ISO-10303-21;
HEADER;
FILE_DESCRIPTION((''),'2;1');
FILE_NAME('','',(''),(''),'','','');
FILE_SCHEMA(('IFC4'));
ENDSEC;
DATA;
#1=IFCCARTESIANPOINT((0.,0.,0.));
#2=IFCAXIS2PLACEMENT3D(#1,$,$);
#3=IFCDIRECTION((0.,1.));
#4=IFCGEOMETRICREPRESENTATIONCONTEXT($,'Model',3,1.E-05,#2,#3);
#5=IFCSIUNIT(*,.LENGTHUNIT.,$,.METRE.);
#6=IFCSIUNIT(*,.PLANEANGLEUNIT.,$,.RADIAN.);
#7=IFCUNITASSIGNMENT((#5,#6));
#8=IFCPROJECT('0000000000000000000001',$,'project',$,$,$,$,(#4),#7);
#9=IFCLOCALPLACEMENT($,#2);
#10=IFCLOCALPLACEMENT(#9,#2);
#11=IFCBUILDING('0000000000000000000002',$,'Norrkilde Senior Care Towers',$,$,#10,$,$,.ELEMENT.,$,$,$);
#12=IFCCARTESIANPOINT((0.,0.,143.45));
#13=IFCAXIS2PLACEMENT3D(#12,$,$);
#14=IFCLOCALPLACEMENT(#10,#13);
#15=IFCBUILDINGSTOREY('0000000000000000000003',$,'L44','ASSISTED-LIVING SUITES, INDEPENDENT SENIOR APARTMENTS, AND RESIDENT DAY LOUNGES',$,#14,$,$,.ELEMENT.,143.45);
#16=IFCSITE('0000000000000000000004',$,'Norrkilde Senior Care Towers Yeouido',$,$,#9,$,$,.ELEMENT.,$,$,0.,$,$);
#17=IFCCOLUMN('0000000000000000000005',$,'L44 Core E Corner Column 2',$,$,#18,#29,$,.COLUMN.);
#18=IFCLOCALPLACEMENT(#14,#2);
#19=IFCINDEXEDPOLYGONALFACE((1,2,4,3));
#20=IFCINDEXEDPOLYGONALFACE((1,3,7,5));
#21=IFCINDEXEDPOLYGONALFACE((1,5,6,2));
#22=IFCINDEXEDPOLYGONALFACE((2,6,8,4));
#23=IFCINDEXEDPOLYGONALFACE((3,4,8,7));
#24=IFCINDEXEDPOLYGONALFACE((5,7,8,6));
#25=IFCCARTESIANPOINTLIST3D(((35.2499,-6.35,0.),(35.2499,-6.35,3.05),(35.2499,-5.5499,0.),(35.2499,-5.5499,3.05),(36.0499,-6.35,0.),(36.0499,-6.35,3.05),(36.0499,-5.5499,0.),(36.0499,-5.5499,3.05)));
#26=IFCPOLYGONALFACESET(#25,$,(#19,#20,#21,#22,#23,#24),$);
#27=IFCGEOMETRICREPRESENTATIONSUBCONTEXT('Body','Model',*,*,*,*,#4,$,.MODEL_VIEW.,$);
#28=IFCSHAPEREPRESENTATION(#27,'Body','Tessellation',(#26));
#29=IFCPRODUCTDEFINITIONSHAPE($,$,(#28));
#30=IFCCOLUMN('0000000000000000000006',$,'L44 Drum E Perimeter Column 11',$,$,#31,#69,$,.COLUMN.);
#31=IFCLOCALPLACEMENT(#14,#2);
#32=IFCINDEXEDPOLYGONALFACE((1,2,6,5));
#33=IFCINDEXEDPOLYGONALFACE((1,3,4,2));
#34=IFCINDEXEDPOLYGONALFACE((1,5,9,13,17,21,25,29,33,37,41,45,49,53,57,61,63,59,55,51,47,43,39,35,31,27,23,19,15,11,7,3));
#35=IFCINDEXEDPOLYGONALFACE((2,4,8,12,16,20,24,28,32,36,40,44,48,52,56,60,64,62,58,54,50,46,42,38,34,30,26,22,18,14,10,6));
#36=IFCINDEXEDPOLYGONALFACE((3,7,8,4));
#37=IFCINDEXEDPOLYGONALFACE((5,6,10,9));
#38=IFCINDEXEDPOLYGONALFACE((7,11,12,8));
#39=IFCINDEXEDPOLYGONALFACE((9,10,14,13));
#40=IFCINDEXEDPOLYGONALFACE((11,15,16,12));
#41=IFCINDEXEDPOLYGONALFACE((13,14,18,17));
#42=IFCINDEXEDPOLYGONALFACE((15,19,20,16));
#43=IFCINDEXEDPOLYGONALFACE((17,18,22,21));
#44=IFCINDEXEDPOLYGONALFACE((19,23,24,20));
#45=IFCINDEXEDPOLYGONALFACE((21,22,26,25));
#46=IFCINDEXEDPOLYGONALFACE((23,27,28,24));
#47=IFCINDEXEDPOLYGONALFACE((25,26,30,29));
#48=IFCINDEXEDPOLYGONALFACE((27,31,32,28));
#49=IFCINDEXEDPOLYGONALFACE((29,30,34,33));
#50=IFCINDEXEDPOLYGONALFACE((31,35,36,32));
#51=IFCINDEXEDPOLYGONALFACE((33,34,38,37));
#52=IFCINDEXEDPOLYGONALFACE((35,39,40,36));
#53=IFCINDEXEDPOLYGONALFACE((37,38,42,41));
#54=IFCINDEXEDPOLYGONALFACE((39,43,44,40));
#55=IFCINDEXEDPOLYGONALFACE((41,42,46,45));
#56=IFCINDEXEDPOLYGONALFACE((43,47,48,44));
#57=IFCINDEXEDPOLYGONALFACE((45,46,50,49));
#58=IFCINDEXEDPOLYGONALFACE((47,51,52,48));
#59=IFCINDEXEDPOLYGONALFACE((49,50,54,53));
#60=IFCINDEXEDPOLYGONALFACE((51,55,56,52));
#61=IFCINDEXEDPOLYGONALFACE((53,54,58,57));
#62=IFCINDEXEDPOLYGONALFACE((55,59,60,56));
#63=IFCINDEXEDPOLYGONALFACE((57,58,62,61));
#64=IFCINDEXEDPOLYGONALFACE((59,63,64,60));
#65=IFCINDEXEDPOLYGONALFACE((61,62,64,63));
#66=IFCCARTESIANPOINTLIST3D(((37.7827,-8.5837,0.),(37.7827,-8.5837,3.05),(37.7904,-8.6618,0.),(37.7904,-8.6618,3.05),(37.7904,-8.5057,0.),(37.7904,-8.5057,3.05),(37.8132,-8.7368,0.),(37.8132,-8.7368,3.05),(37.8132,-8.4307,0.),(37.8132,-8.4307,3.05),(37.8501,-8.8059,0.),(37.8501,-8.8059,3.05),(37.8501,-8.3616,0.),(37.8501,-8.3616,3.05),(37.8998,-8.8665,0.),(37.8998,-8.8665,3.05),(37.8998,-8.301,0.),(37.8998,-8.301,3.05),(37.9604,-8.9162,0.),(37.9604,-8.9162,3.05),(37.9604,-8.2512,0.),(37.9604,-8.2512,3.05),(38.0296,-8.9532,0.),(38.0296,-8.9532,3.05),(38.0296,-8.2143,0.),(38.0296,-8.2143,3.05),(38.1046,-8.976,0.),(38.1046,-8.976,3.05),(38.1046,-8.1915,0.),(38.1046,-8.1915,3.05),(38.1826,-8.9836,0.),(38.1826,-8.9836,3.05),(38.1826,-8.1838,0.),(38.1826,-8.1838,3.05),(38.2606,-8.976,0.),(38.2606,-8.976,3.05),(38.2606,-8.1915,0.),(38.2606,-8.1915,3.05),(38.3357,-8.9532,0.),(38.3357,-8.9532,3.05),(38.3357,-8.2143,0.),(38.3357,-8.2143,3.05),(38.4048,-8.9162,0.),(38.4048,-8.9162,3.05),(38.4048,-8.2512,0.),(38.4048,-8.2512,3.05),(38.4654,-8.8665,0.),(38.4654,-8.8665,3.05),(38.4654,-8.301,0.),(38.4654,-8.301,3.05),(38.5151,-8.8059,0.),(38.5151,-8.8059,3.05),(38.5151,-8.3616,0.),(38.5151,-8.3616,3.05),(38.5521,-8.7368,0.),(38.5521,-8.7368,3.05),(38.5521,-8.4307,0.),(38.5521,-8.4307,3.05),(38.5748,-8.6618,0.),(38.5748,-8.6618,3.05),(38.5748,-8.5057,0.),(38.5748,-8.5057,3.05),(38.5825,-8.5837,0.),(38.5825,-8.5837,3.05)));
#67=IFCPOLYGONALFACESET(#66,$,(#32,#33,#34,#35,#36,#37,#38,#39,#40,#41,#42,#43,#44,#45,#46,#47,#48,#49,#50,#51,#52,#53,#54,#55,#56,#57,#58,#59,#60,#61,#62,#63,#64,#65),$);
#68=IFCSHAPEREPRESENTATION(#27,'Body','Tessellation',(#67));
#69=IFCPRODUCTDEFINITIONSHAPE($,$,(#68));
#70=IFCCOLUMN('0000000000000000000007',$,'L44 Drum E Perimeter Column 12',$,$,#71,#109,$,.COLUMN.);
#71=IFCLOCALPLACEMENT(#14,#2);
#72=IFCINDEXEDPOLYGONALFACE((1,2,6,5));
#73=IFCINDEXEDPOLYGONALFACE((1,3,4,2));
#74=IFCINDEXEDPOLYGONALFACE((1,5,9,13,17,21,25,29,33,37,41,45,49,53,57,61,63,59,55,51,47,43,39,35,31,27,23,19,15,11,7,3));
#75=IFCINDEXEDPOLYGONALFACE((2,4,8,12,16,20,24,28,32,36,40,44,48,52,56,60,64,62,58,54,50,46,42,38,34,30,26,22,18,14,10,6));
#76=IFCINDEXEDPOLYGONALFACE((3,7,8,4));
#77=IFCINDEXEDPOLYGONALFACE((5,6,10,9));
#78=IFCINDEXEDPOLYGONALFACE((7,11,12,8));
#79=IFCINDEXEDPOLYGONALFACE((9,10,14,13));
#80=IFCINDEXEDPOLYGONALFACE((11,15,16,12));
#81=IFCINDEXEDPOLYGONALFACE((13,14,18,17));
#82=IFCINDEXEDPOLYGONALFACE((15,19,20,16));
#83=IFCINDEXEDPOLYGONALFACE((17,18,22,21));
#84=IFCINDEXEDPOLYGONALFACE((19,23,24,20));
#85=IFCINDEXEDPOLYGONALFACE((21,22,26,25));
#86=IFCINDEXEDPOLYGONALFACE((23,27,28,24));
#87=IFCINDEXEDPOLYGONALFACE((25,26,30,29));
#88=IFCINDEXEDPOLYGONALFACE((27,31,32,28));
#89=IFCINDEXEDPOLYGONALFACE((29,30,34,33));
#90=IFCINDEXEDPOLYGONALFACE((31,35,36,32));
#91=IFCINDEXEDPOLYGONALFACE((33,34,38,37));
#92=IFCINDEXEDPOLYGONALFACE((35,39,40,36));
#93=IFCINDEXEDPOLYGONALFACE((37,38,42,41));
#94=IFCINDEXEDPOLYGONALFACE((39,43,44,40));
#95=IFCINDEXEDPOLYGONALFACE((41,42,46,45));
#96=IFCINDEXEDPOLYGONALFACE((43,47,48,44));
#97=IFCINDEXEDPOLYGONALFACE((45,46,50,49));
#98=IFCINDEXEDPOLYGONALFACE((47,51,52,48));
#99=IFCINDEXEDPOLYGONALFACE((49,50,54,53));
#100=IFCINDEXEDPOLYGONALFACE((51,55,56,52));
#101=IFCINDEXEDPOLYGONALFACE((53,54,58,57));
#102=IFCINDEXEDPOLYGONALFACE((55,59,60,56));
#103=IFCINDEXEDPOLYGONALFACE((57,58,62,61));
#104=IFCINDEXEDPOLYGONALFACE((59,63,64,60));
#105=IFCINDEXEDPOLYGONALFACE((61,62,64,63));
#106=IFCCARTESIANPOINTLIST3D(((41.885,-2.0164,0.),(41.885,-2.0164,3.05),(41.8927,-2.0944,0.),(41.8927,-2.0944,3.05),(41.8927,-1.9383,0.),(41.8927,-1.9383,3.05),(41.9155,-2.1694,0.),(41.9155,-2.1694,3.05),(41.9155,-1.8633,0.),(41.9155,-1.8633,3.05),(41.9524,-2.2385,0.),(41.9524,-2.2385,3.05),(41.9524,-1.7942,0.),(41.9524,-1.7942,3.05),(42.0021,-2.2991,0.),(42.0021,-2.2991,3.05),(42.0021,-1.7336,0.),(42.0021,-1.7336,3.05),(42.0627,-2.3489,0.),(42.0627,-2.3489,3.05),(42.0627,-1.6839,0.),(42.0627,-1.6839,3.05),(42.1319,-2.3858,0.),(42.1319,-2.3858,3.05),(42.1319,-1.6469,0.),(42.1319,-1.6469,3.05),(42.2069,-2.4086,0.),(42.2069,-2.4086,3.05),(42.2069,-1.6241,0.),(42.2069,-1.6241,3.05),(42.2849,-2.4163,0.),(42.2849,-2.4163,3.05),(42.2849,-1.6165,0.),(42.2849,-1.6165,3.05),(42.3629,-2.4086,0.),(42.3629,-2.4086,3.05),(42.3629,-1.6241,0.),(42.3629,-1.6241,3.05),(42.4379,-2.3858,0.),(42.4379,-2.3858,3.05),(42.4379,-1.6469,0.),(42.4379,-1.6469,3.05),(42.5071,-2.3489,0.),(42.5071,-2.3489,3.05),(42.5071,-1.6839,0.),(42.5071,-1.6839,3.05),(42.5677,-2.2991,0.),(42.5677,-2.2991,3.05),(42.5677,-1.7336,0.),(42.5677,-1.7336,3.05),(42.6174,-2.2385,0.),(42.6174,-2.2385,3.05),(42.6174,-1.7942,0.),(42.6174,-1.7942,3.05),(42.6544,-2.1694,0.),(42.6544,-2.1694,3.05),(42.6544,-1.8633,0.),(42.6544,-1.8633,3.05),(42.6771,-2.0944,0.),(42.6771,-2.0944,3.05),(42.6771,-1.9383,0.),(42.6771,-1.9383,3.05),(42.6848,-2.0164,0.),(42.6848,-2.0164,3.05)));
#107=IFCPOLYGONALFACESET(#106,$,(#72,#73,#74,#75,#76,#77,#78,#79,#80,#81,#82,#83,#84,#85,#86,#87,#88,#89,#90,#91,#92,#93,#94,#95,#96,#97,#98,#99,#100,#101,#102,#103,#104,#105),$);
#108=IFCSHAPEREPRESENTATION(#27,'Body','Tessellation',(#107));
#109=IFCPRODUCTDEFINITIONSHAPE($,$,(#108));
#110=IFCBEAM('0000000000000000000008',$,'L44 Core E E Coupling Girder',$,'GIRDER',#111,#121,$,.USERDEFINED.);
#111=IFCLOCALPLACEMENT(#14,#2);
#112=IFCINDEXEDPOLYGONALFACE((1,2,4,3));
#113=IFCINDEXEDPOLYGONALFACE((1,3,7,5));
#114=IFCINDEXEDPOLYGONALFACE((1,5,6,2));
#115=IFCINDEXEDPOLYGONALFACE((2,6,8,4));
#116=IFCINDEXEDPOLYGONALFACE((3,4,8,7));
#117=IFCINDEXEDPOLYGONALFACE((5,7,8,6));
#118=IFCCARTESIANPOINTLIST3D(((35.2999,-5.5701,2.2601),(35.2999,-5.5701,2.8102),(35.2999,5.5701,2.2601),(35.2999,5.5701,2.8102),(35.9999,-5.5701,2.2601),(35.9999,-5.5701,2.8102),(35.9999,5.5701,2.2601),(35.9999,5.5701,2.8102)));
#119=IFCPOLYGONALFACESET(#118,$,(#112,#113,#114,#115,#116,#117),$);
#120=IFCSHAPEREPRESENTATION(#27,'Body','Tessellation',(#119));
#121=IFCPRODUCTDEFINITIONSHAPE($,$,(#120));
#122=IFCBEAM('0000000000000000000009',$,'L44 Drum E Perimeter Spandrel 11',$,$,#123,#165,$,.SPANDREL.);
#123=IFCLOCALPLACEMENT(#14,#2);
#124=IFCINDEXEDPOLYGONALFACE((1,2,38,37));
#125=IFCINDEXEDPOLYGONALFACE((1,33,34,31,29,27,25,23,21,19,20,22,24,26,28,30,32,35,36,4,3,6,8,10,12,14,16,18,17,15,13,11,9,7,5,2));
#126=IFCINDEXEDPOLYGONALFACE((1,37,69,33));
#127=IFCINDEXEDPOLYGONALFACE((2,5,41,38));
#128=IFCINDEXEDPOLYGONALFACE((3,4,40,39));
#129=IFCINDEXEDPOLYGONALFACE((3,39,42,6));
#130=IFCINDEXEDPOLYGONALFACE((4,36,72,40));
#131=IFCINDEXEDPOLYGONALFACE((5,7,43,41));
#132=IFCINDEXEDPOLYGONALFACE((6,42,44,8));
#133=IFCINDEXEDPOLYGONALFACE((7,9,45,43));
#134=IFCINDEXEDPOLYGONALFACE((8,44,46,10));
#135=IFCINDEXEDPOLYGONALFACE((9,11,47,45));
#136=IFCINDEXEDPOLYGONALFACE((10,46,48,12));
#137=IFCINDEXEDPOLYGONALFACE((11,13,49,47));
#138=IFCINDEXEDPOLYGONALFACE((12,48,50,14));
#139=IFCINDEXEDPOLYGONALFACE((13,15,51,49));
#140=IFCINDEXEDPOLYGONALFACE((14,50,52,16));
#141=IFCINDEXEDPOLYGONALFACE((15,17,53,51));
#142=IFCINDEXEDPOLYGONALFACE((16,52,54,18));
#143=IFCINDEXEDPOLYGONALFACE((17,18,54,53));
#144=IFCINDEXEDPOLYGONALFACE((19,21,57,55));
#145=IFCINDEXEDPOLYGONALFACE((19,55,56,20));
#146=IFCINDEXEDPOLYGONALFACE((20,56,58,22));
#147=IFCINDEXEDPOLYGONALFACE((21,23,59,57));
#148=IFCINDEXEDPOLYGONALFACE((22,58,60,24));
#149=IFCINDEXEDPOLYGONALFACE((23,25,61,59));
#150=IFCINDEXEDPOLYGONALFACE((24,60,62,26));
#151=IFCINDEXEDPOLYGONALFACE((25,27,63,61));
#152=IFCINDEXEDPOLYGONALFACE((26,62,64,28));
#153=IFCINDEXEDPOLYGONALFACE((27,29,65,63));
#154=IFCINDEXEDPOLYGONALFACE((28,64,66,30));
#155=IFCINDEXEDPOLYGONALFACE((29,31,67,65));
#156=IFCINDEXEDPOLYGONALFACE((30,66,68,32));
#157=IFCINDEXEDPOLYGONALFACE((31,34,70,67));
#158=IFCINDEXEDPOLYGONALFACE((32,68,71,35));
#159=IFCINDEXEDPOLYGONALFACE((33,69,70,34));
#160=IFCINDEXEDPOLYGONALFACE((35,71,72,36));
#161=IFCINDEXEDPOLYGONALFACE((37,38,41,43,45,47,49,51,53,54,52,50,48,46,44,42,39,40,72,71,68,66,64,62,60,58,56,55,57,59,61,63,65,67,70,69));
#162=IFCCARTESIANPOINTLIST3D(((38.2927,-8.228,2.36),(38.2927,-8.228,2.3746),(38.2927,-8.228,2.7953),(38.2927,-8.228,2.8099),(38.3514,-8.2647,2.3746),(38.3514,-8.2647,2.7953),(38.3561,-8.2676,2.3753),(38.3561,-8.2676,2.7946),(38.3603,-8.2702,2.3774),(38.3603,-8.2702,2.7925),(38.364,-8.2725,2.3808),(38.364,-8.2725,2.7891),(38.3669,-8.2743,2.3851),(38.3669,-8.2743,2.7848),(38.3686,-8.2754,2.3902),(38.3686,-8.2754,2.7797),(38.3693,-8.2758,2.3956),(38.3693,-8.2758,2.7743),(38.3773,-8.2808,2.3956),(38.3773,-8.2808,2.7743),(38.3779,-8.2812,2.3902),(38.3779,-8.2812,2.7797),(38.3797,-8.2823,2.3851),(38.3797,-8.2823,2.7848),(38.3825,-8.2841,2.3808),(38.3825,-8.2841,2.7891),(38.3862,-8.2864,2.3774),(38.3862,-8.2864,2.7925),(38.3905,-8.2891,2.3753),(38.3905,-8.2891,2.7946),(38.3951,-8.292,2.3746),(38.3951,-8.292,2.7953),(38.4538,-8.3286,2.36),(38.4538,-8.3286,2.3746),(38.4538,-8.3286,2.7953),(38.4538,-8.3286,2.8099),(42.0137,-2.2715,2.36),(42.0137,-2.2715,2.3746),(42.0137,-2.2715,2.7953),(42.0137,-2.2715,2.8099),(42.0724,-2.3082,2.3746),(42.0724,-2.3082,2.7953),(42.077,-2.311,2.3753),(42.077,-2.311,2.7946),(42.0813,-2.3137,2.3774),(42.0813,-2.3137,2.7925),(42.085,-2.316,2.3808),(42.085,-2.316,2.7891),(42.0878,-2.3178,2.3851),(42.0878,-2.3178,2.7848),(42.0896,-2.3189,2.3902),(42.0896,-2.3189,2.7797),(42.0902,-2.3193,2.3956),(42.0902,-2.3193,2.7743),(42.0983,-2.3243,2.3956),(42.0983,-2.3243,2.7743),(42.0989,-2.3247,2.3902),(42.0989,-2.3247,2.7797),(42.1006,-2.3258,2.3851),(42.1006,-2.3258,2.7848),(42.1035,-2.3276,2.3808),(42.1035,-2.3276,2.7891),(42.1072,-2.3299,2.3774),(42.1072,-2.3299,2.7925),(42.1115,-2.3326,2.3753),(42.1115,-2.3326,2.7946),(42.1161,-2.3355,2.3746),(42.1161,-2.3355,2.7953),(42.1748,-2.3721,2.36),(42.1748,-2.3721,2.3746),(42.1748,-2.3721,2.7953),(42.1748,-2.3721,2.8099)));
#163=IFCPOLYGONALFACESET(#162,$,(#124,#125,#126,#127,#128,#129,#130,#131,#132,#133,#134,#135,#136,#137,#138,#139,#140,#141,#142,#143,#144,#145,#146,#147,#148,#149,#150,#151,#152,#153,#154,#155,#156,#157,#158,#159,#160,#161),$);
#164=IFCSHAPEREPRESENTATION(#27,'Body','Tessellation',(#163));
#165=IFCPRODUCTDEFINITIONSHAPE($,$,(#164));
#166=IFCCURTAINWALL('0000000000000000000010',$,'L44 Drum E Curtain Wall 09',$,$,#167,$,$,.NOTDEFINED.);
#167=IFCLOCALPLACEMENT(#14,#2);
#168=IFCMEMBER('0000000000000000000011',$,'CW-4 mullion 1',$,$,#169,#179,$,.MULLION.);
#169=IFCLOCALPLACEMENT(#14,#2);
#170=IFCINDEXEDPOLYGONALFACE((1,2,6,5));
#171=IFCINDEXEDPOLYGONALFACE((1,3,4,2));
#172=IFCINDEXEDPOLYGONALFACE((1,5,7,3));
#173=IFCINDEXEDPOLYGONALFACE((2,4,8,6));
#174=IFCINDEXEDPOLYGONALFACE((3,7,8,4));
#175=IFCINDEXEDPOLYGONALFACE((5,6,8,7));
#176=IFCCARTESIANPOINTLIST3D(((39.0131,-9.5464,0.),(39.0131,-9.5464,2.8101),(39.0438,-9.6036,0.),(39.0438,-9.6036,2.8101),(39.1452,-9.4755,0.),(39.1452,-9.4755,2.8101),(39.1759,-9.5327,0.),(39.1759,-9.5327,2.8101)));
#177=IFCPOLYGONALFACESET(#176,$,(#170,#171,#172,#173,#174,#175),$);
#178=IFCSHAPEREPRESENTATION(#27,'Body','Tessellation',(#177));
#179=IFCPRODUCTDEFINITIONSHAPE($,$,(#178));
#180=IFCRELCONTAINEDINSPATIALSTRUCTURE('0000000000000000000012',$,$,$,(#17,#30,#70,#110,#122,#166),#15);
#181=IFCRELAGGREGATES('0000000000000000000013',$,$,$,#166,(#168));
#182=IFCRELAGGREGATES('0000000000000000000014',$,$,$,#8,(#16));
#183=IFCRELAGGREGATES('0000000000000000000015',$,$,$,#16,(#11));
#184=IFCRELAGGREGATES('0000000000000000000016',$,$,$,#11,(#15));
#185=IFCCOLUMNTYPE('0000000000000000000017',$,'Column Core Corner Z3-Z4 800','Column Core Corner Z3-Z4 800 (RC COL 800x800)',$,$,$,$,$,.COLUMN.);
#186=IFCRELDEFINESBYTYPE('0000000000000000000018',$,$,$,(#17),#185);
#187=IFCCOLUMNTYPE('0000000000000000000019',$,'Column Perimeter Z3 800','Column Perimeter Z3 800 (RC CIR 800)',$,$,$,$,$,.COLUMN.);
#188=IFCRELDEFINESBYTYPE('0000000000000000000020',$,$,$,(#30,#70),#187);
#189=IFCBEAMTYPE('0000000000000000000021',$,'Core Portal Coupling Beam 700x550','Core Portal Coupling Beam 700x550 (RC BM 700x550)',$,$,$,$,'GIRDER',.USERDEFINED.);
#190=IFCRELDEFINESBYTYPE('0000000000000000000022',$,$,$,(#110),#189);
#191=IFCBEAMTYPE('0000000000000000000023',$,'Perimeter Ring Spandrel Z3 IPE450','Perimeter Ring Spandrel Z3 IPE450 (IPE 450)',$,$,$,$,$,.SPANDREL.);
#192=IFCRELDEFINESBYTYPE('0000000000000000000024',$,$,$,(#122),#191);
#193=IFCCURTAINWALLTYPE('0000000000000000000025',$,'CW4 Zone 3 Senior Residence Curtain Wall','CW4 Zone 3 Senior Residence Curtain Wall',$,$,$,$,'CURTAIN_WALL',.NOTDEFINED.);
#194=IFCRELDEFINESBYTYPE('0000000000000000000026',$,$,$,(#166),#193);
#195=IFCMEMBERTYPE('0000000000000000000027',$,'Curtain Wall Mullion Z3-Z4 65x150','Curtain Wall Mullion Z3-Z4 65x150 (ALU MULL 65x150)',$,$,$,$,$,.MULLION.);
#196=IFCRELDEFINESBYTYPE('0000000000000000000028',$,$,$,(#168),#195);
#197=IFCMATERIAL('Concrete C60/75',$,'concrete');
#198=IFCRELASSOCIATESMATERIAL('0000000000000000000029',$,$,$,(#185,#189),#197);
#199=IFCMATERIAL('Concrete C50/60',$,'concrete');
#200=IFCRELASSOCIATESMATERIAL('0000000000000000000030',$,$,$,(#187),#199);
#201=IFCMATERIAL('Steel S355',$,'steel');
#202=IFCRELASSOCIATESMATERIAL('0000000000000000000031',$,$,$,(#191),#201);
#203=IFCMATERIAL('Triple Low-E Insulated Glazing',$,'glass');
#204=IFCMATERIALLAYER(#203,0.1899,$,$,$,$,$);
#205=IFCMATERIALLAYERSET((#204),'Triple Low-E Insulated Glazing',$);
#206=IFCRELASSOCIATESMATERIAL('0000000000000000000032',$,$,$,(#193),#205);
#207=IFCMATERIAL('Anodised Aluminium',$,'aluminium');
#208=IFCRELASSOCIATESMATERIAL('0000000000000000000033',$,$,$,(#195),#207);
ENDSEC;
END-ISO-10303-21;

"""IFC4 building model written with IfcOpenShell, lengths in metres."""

from ifc_helpers import new_model, si_unit, direction, frame, origin, origin_2d, place, context, subcontext, project, spatial, rectangle, circle, i_section, extrude, source, transform, mapped, material, layer, layer_set, material_profile, profile_set, type_object, type_shapes, element, aggregate, save


model = new_model("IFC4")

# Units and contexts
model_context = context("Model", 3, precision=1e-05, world=origin(), true_north=direction((0.0, 1.0)))
body_context = subcontext(model_context, "Body", "Model", "MODEL_VIEW")
ifc_project = project(units=[si_unit("LENGTHUNIT", "METRE"), si_unit("PLANEANGLEUNIT", "RADIAN")], contexts=[model_context])

# Site, building, storey
site_placement = place(None, origin())
site = spatial("IfcSite", under=ifc_project, at=site_placement, Name="Norrkilde Senior Care Towers Yeouido", CompositionType="ELEMENT", RefElevation=0.0)
building_placement = place(site_placement, origin())
building = spatial("IfcBuilding", under=site, at=building_placement, Name="Norrkilde Senior Care Towers", CompositionType="ELEMENT")
storey_placement = place(building_placement, frame((0.0, 0.0, 143.45)))
storey = spatial("IfcBuildingStorey", under=building, at=storey_placement, Name="L44", Description="ASSISTED-LIVING SUITES, INDEPENDENT SENIOR APARTMENTS, AND RESIDENT DAY LOUNGES", CompositionType="ELEMENT", Elevation=143.45)

# Columns
ifc_material_1 = material(Name="Concrete C60/75", Category="concrete")
ifc_material_profile_1 = material_profile(ifc_material_1, rectangle(XDim=0.8, YDim=0.8, at=origin_2d()), Name="RC COL 800x800")
ifc_profile_set_1 = profile_set([ifc_material_profile_1], Name="Concrete C60/75")
column_type_1 = type_object("IfcColumnType", Name="Column Core Corner Z3-Z4 800", Description="Column Core Corner Z3-Z4 800 (RC COL 800x800)", PredefinedType="COLUMN", material=ifc_profile_set_1)
shared_shape_1 = source(origin(), body_context, "Body", "SweptSolid", [
    extrude(rectangle(XDim=0.8, YDim=0.8, at=origin_2d()), origin(), (0.0, 0.0, 1.0), 3.05),
])
type_shapes(column_type_1, [shared_shape_1])
column_placement = place(storey_placement, frame((35.6499, -5.95, 0.0), z_axis=(0.0, 0.0, 1.0), x_axis=(1.0, 0.0, 0.0)))
element("IfcColumn", 1, at=column_placement, inside=storey, type_object=column_type_1, Name="L44 Core E Corner Column 2", PredefinedType="COLUMN", context=body_context, shape_type="MappedRepresentation", body=[
    mapped(shared_shape_1, transform((0.0, 0.0, 0.0), x_axis=(1.0, 0.0, 0.0), y_axis=(0.0, 1.0, 0.0), z_axis=(0.0, 0.0, 1.0), scale=1.0)),
])
ifc_material_2 = material(Name="Concrete C50/60", Category="concrete")
ifc_material_profile_2 = material_profile(ifc_material_2, circle(Radius=0.3999, at=origin_2d()), Name="RC CIR 800")
ifc_profile_set_2 = profile_set([ifc_material_profile_2], Name="Concrete C50/60")
column_type_2 = type_object("IfcColumnType", Name="Column Perimeter Z3 800", Description="Column Perimeter Z3 800 (RC CIR 800)", PredefinedType="COLUMN", material=ifc_profile_set_2)
shared_shape_2 = source(origin(), body_context, "Body", "SweptSolid", [
    extrude(circle(Radius=0.3999, at=origin_2d()), origin(), (0.0, 0.0, 1.0), 3.05),
])
type_shapes(column_type_2, [shared_shape_2])
for number, where, z_axis, x_axis, name in (
    (2, (38.1826, -8.5837, 0.0), (0.0, 0.0, 1.0), (1.0, 0.0, 0.0), "L44 Drum E Perimeter Column 11"),
    (3, (42.2849, -2.0164, 0.0), (0.0, 0.0, 1.0), (1.0, 0.0, 0.0), "L44 Drum E Perimeter Column 12"),
):
    element("IfcColumn", number, at=place(storey_placement, frame(where, z_axis=z_axis, x_axis=x_axis)), inside=storey, type_object=column_type_2, Name=name, PredefinedType="COLUMN", context=body_context, shape_type="MappedRepresentation", body=[
        mapped(shared_shape_2, transform((0.0, 0.0, 0.0), x_axis=(1.0, 0.0, 0.0), y_axis=(0.0, 1.0, 0.0), z_axis=(0.0, 0.0, 1.0), scale=1.0)),
    ])

# Beams
ifc_material_profile_3 = material_profile(ifc_material_1, rectangle(XDim=0.7, YDim=0.55, at=origin_2d()), Name="RC BM 700x550")
ifc_profile_set_3 = profile_set([ifc_material_profile_3], Name="Concrete C60/75")
beam_type_1 = type_object("IfcBeamType", Name="Core Portal Coupling Beam 700x550", Description="Core Portal Coupling Beam 700x550 (RC BM 700x550)", ElementType="GIRDER", PredefinedType="USERDEFINED", material=ifc_profile_set_3)
shared_shape_3 = source(origin(), body_context, "Body", "SweptSolid", [
    extrude(rectangle(XDim=0.7, YDim=0.55, at=origin_2d()), origin(), (0.0, 0.0, 1.0), 11.1401),
])
type_shapes(beam_type_1, [shared_shape_3])
beam_1_placement = place(storey_placement, frame((35.6499, -5.5701, 2.5352), z_axis=(0.0, 1.0, 0.0), x_axis=(-1.0, 0.0, 0.0)))
element("IfcBeam", 4, at=beam_1_placement, inside=storey, type_object=beam_type_1, Name="L44 Core E E Coupling Girder", ObjectType="GIRDER", PredefinedType="USERDEFINED", context=body_context, shape_type="MappedRepresentation", body=[
    mapped(shared_shape_3, transform((0.0, 0.0, 0.0), x_axis=(1.0, 0.0, 0.0), y_axis=(0.0, 1.0, 0.0), z_axis=(0.0, 0.0, 1.0), scale=1.0)),
])
ifc_material_3 = material(Name="Steel S355", Category="steel")
ifc_material_profile_4 = material_profile(ifc_material_3, i_section(OverallWidth=0.1899, OverallDepth=0.45, WebThickness=0.0095, FlangeThickness=0.0146, FilletRadius=0.021, at=origin_2d()), Name="IPE 450")
ifc_profile_set_4 = profile_set([ifc_material_profile_4], Name="Steel S355")
beam_type_2 = type_object("IfcBeamType", Name="Perimeter Ring Spandrel Z3 IPE450", Description="Perimeter Ring Spandrel Z3 IPE450 (IPE 450)", PredefinedType="SPANDREL", material=ifc_profile_set_4)
shared_shape_4 = source(origin(), body_context, "Body", "SweptSolid", [
    extrude(i_section(OverallWidth=0.1899, OverallDepth=0.45, WebThickness=0.0095, FlangeThickness=0.0146, FilletRadius=0.021, at=origin_2d()), origin(), (0.0, 0.0, 1.0), 7.0232),
])
type_shapes(beam_type_2, [shared_shape_4])
beam_2_placement = place(storey_placement, frame((38.3733, -8.2783, 2.585), z_axis=(0.529805, 0.848119, 0.0), x_axis=(-0.848119, 0.529805, 0.0)))
element("IfcBeam", 5, at=beam_2_placement, inside=storey, type_object=beam_type_2, Name="L44 Drum E Perimeter Spandrel 11", PredefinedType="SPANDREL", context=body_context, shape_type="MappedRepresentation", body=[
    mapped(shared_shape_4, transform((0.0, 0.0, 0.0), x_axis=(1.0, 0.0, 0.0), y_axis=(0.0, 1.0, 0.0), z_axis=(0.0, 0.0, 1.0), scale=1.0)),
])

# Curtain wall, member
ifc_material_4 = material(Name="Triple Low-E Insulated Glazing", Category="glass")
ifc_layer_1 = layer(ifc_material_4, 0.1899)
ifc_layer_set_1 = layer_set([ifc_layer_1], Name="Triple Low-E Insulated Glazing")
curtain_wall_type = type_object("IfcCurtainWallType", Name="CW4 Zone 3 Senior Residence Curtain Wall", Description="CW4 Zone 3 Senior Residence Curtain Wall", ElementType="CURTAIN_WALL", PredefinedType="NOTDEFINED", material=ifc_layer_set_1)
curtain_wall_1_placement = place(storey_placement, origin())
curtain_wall_1 = element("IfcCurtainWall", 6, at=curtain_wall_1_placement, inside=storey, type_object=curtain_wall_type, Name="L44 Drum E Curtain Wall 09", PredefinedType="NOTDEFINED")
ifc_material_5 = material(Name="Anodised Aluminium", Category="aluminium")
ifc_material_profile_5 = material_profile(ifc_material_5, rectangle(XDim=0.0649, YDim=0.1499, at=origin_2d()), Name="ALU MULL 65x150")
ifc_profile_set_5 = profile_set([ifc_material_profile_5], Name="Anodised Aluminium")
member_type_1 = type_object("IfcMemberType", Name="Curtain Wall Mullion Z3-Z4 65x150", Description="Curtain Wall Mullion Z3-Z4 65x150 (ALU MULL 65x150)", PredefinedType="MULLION", material=ifc_profile_set_5)
shared_shape_5 = source(origin(), body_context, "Body", "SweptSolid", [
    extrude(rectangle(XDim=0.0649, YDim=0.1499, at=origin_2d()), origin(), (0.0, 0.0, 1.0), 2.8101),
])
type_shapes(member_type_1, [shared_shape_5])
member_1_placement = place(storey_placement, frame((39.0945, -9.5396, 0.0), z_axis=(0.0, 0.0, 1.0), x_axis=(0.473117, -0.881, 0.0)))
member_1 = element("IfcMember", 7, at=member_1_placement, type_object=member_type_1, Name="CW-4 mullion 1", PredefinedType="MULLION", context=body_context, shape_type="MappedRepresentation", body=[
    mapped(shared_shape_5, transform((0.0, 0.0, 0.0), x_axis=(1.0, 0.0, 0.0), y_axis=(0.0, 1.0, 0.0), z_axis=(0.0, 0.0, 1.0), scale=1.0)),
])

aggregate(curtain_wall_1, [member_1])

save(model, "model.ifc")
